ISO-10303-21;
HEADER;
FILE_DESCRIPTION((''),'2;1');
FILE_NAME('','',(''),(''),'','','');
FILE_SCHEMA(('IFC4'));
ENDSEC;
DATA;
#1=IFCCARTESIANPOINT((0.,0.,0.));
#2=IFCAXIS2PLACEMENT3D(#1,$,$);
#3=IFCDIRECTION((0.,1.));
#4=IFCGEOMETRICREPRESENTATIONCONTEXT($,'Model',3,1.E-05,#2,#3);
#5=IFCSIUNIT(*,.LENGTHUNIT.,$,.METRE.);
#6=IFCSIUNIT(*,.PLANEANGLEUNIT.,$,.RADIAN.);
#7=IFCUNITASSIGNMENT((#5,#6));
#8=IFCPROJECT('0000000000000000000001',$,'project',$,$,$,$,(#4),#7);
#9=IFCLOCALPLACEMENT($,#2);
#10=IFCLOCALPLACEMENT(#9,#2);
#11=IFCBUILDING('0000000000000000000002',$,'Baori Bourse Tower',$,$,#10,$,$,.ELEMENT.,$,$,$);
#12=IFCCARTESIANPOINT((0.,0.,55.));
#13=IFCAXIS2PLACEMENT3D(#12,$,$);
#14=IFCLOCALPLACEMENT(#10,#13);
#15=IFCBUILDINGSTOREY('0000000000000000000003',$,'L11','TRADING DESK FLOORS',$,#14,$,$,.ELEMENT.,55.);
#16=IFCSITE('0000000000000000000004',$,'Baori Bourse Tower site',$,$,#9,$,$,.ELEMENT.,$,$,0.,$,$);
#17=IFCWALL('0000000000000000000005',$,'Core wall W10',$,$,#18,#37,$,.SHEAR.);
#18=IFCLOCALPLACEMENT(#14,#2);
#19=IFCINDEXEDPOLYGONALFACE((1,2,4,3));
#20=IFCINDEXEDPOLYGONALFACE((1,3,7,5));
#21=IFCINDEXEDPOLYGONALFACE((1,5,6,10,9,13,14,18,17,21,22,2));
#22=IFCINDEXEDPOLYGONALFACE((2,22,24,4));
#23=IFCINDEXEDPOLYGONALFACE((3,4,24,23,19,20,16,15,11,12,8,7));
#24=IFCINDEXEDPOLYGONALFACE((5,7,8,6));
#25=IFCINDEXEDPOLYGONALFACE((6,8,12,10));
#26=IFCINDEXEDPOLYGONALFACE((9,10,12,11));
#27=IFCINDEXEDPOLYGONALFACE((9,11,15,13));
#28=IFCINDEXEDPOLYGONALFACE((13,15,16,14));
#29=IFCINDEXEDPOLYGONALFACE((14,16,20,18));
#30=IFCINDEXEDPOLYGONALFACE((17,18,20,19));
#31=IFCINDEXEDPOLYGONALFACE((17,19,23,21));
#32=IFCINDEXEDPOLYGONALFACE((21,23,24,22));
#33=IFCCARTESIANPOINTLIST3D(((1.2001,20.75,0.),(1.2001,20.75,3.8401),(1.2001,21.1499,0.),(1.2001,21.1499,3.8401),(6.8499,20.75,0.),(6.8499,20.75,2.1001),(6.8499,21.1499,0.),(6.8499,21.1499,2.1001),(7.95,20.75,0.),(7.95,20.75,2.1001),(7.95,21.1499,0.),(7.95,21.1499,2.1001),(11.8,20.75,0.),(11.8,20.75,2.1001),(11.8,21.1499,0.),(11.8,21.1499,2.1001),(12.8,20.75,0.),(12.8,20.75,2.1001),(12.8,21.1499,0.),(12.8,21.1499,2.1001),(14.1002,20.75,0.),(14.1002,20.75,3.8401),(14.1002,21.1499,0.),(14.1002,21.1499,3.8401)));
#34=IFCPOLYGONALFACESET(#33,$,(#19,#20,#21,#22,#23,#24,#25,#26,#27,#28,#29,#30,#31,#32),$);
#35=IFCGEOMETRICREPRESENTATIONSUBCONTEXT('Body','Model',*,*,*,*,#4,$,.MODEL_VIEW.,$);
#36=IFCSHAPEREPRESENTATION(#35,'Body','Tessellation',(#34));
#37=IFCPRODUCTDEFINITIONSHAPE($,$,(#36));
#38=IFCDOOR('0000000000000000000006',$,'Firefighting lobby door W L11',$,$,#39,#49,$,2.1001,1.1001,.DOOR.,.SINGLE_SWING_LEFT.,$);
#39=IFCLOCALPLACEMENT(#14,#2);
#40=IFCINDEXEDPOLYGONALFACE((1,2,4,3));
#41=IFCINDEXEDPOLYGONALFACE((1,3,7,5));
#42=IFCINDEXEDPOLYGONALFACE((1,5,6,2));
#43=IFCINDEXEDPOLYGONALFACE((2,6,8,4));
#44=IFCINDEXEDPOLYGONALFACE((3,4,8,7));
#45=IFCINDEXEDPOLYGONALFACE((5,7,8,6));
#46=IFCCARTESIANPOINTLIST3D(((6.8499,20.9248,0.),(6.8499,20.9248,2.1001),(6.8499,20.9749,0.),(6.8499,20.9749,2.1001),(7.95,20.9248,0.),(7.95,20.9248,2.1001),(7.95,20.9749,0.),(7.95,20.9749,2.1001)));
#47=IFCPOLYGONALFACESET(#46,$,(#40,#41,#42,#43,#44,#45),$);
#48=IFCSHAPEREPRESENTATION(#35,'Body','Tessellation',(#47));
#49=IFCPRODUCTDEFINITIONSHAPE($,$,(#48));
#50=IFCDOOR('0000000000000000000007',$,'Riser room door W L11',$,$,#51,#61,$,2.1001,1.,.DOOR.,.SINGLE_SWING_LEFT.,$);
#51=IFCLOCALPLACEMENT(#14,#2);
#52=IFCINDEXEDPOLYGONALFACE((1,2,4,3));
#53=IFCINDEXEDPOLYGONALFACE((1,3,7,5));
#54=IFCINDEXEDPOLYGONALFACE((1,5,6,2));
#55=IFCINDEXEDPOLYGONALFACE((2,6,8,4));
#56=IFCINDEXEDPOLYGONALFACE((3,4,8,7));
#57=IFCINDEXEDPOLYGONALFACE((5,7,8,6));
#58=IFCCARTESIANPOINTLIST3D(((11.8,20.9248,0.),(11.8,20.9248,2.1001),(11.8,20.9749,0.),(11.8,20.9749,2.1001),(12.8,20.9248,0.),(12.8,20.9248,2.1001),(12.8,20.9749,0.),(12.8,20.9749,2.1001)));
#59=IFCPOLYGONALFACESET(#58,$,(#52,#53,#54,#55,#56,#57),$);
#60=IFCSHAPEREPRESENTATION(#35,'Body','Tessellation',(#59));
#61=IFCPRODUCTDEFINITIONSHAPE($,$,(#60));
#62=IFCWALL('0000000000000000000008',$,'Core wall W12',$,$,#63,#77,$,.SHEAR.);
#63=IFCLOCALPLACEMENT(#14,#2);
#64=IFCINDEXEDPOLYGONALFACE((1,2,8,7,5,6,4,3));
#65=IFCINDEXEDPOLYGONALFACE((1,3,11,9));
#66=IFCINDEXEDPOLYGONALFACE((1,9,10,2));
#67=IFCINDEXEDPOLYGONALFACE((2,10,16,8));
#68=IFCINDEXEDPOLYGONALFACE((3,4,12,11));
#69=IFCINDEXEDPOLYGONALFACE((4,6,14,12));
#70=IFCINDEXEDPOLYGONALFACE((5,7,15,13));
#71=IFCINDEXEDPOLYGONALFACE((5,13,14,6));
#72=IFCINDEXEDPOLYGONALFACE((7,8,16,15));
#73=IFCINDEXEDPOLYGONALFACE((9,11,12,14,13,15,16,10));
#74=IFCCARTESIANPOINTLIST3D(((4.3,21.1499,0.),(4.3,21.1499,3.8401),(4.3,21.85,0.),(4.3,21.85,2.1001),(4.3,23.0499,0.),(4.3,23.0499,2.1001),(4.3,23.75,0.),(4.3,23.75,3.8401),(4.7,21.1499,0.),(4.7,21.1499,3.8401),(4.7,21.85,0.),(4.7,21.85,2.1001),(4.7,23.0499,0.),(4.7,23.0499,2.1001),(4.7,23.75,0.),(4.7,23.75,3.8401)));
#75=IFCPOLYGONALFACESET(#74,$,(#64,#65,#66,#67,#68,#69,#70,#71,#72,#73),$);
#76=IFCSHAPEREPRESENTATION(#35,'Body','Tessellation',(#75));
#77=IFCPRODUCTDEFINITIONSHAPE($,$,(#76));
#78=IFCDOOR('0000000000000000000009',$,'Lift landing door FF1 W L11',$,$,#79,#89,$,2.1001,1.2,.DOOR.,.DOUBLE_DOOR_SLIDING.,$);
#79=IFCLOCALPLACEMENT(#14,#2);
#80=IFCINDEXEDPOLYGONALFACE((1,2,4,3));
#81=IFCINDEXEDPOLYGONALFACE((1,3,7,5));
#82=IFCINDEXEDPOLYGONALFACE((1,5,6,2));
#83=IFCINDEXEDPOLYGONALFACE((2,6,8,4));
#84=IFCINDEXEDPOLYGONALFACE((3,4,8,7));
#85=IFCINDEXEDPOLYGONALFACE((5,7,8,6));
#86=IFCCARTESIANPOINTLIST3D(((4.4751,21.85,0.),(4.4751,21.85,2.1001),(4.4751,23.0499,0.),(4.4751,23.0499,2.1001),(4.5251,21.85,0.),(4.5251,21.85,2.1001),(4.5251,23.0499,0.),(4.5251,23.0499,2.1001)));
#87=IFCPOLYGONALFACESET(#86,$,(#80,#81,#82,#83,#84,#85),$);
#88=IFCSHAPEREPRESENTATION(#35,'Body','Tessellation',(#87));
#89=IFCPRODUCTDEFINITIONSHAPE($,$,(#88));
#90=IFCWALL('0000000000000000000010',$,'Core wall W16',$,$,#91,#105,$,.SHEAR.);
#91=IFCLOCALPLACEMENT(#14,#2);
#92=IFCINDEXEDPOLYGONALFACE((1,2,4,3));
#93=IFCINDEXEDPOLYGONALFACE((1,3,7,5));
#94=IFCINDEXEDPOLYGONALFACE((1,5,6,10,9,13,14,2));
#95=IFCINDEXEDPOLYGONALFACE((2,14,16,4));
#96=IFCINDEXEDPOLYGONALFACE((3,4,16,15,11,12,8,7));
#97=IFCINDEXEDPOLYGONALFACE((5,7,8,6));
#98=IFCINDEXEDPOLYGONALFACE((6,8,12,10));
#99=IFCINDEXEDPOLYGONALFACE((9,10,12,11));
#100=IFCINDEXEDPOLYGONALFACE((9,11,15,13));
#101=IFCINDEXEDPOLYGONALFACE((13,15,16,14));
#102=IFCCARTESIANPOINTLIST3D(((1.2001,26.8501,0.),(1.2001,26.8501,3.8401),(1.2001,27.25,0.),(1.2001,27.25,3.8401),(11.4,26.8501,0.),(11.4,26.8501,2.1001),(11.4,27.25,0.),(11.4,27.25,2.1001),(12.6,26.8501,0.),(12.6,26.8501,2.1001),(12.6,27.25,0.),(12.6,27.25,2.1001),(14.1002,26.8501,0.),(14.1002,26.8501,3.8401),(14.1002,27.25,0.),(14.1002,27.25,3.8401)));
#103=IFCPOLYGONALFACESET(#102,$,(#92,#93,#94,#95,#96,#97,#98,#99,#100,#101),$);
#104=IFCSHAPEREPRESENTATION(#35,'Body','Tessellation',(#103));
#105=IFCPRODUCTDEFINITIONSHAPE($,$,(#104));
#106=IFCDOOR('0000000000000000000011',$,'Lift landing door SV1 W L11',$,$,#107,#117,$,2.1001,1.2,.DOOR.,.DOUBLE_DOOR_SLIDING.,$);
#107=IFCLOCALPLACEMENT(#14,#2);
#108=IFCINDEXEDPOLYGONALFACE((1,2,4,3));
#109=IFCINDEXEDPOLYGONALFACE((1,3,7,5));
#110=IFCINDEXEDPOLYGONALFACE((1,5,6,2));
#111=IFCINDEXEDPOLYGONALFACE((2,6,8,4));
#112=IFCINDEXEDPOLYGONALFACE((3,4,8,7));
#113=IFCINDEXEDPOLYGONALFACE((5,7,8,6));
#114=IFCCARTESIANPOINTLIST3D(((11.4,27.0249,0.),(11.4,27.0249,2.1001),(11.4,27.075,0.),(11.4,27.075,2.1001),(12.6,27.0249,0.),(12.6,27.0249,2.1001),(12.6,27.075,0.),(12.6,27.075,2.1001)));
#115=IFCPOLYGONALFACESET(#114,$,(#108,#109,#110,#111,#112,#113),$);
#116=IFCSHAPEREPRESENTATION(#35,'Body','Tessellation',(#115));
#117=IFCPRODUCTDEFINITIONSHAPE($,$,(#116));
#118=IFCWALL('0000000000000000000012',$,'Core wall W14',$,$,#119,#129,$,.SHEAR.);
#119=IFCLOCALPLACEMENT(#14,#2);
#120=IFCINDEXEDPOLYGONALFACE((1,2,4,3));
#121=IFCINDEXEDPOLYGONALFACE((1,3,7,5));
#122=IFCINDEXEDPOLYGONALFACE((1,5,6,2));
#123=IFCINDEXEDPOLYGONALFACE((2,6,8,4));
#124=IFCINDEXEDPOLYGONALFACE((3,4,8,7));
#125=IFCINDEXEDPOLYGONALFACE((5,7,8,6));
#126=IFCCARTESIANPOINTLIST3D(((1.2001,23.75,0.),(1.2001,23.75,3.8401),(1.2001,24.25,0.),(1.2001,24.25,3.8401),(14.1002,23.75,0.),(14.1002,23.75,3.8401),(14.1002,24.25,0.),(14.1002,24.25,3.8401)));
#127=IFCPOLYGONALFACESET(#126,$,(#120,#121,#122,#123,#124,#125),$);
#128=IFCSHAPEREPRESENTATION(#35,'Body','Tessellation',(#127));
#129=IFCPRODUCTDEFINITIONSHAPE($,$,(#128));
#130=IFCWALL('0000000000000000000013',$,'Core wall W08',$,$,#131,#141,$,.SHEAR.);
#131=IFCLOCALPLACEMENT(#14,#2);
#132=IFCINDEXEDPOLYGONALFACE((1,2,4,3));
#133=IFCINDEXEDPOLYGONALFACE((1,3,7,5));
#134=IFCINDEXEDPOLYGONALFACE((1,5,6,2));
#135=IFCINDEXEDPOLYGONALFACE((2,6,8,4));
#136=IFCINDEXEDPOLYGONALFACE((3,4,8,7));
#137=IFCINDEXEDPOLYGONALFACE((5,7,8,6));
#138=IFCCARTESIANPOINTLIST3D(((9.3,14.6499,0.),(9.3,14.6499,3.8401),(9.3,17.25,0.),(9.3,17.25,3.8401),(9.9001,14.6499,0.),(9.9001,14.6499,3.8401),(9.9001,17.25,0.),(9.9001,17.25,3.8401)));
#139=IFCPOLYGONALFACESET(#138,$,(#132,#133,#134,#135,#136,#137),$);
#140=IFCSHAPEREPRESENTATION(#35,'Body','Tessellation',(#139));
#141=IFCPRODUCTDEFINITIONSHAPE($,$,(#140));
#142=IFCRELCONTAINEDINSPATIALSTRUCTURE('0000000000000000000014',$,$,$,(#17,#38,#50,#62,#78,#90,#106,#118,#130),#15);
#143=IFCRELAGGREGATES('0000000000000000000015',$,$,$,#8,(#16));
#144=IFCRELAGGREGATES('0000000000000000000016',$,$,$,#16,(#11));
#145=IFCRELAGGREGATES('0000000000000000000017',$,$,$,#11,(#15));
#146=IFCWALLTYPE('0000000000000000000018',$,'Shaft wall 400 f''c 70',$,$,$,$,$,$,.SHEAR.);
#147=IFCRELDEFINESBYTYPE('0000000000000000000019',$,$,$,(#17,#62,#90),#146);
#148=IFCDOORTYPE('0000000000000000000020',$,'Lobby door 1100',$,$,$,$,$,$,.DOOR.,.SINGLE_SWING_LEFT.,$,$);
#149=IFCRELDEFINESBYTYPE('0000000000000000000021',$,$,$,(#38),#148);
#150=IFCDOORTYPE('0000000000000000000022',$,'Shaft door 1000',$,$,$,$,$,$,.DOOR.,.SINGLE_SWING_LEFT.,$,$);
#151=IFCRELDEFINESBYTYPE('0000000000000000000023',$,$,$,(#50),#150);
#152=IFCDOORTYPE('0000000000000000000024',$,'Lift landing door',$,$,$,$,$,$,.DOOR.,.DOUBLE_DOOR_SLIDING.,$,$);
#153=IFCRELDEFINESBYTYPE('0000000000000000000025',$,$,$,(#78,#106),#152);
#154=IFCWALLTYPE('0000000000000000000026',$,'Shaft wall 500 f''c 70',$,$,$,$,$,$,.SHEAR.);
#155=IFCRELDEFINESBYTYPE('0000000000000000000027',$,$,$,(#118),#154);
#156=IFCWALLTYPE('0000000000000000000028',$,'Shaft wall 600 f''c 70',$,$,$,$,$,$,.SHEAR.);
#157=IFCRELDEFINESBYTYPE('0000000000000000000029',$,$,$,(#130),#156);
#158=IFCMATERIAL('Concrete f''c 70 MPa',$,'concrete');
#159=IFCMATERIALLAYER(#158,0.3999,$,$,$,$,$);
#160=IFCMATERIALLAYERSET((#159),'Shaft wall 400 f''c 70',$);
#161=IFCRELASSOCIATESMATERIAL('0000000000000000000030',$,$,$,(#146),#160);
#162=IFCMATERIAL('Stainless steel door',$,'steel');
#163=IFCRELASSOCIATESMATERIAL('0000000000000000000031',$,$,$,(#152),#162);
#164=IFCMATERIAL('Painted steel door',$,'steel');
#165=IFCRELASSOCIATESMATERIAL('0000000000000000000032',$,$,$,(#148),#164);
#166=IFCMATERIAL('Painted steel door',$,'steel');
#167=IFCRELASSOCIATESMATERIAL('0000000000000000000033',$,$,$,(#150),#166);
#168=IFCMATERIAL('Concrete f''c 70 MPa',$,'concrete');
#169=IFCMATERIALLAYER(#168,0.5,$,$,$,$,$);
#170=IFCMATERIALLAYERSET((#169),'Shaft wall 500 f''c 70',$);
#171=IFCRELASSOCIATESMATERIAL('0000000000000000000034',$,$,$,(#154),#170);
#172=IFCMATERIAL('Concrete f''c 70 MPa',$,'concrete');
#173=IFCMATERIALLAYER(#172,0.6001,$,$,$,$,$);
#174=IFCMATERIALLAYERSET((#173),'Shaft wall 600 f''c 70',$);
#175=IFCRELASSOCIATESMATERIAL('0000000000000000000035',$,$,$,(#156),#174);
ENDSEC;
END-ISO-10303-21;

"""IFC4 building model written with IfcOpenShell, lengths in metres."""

from ifc_helpers import new_model, si_unit, direction, frame, frame_2d, origin, place, context, subcontext, project, spatial, rectangle, extrude, material, layer, layer_set, type_object, element, fill, save


model = new_model("IFC4")

# Units and contexts
model_context = context("Model", 3, precision=1e-05, world=origin(), true_north=direction((0.0, 1.0)))
body_context = subcontext(model_context, "Body", "Model", "MODEL_VIEW")
ifc_project = project(units=[si_unit("LENGTHUNIT", "METRE"), si_unit("PLANEANGLEUNIT", "RADIAN")], contexts=[model_context])

# Site, building, storey
site_placement = place(None, origin())
site = spatial("IfcSite", under=ifc_project, at=site_placement, Name="Baori Bourse Tower site", CompositionType="ELEMENT", RefElevation=0.0)
building_placement = place(site_placement, origin())
building = spatial("IfcBuilding", under=site, at=building_placement, Name="Baori Bourse Tower", CompositionType="ELEMENT")
storey_placement = place(building_placement, frame((0.0, 0.0, 55.0)))
storey = spatial("IfcBuildingStorey", under=building, at=storey_placement, Name="L11", Description="TRADING DESK FLOORS", CompositionType="ELEMENT", Elevation=55.0)

# Shared definitions
ifc_material_1 = material(Name="Concrete f'c 70 MPa", Category="concrete")
ifc_layer_1 = layer(ifc_material_1, 0.3999)
ifc_layer_set_1 = layer_set([ifc_layer_1], Name="Shaft wall 400 f'c 70")
wall_type_1 = type_object("IfcWallType", Name="Shaft wall 400 f'c 70", PredefinedType="SHEAR", material=ifc_layer_set_1)

# Wall, openings, doors
ifc_material_2 = material(Name="Stainless steel door", Category="steel")
door_type_1 = type_object("IfcDoorType", Name="Lift landing door", OperationType="DOUBLE_DOOR_SLIDING", PredefinedType="DOOR", material=ifc_material_2)
wall_1_placement = place(storey_placement, frame((1.2, 20.95, 0.0), z_axis=(0.0, 0.0, 1.0), x_axis=(1.0, 0.0, 0.0)))
wall_1 = element("IfcWall", 1, at=wall_1_placement, inside=storey, type_object=wall_type_1, Name="Core wall W10", PredefinedType="SHEAR", context=body_context, shape_type="SweptSolid", body=[
    extrude(rectangle(XDim=12.9001, YDim=0.3999, at=frame_2d((6.4502, 0.0))), origin(), (0.0, 0.0, 1.0), 3.8401),
])
opening_1_placement = place(wall_1_placement, frame((5.6499, 0.0, 0.0)))
opening_1 = element("IfcOpeningElement", 2, at=opening_1_placement, cuts=wall_1, PredefinedType="OPENING", context=body_context, shape_type="SweptSolid", body=[
    extrude(rectangle(XDim=1.1001, YDim=2.1001, at=frame_2d((0.55, 1.05))), frame((0.0, 0.21, 0.0), z_axis=(0.0, -1.0, 0.0), x_axis=(1.0, 0.0, 0.0)), (0.0, 0.0, 1.0), 0.4199),
])
opening_2_placement = place(wall_1_placement, frame((10.6001, 0.0, 0.0)))
opening_2 = element("IfcOpeningElement", 3, at=opening_2_placement, cuts=wall_1, PredefinedType="OPENING", context=body_context, shape_type="SweptSolid", body=[
    extrude(rectangle(XDim=1.0, YDim=2.1001, at=frame_2d((0.5, 1.05))), frame((0.0, 0.21, 0.0), z_axis=(0.0, -1.0, 0.0), x_axis=(1.0, 0.0, 0.0)), (0.0, 0.0, 1.0), 0.4199),
])
ifc_material_3 = material(Name="Painted steel door", Category="steel")
door_type_2 = type_object("IfcDoorType", Name="Lobby door 1100", OperationType="SINGLE_SWING_LEFT", PredefinedType="DOOR", material=ifc_material_3)
door_1_placement = place(opening_1_placement, origin())
door_1 = element("IfcDoor", 4, at=door_1_placement, inside=storey, type_object=door_type_2, Name="Firefighting lobby door W L11", OperationType="SINGLE_SWING_LEFT", OverallHeight=2.1001, OverallWidth=1.1001, PredefinedType="DOOR", context=body_context, shape_type="SweptSolid", body=[
    extrude(rectangle(XDim=1.1001, YDim=2.1001, at=frame_2d((0.55, 1.05))), frame((0.0, 0.0249, 0.0), z_axis=(0.0, -1.0, 0.0), x_axis=(1.0, 0.0, 0.0)), (0.0, 0.0, 1.0), 0.05),
])
fill(opening_1, door_1)
ifc_material_4 = material(Name="Painted steel door", Category="steel")
door_type_3 = type_object("IfcDoorType", Name="Shaft door 1000", OperationType="SINGLE_SWING_LEFT", PredefinedType="DOOR", material=ifc_material_4)
door_2_placement = place(opening_2_placement, origin())
door_2 = element("IfcDoor", 5, at=door_2_placement, inside=storey, type_object=door_type_3, Name="Riser room door W L11", OperationType="SINGLE_SWING_LEFT", OverallHeight=2.1001, OverallWidth=1.0, PredefinedType="DOOR", context=body_context, shape_type="SweptSolid", body=[
    extrude(rectangle(XDim=1.0, YDim=2.1001, at=frame_2d((0.5, 1.05))), frame((0.0, 0.0249, 0.0), z_axis=(0.0, -1.0, 0.0), x_axis=(1.0, 0.0, 0.0)), (0.0, 0.0, 1.0), 0.05),
])
fill(opening_2, door_2)

# Walls, openings, doors
wall_2_placement = place(storey_placement, frame((4.5, 21.1499, 0.0), z_axis=(0.0, 0.0, 1.0), x_axis=(0.0, 1.0, 0.0)))
wall_2 = element("IfcWall", 6, at=wall_2_placement, inside=storey, type_object=wall_type_1, Name="Core wall W12", PredefinedType="SHEAR", context=body_context, shape_type="SweptSolid", body=[
    extrude(rectangle(XDim=2.6001, YDim=0.3999, at=frame_2d((1.3, 0.0))), origin(), (0.0, 0.0, 1.0), 3.8401),
])
opening_3_placement = place(wall_2_placement, frame((0.7, 0.0, 0.0)))
opening_3 = element("IfcOpeningElement", 7, at=opening_3_placement, cuts=wall_2, PredefinedType="OPENING", context=body_context, shape_type="SweptSolid", body=[
    extrude(rectangle(XDim=1.2, YDim=2.1001, at=frame_2d((0.6001, 1.05))), frame((0.0, 0.21, 0.0), z_axis=(0.0, -1.0, 0.0), x_axis=(1.0, 0.0, 0.0)), (0.0, 0.0, 1.0), 0.4199),
])
door_3_placement = place(opening_3_placement, origin())
door_3 = element("IfcDoor", 8, at=door_3_placement, inside=storey, type_object=door_type_1, Name="Lift landing door FF1 W L11", OperationType="DOUBLE_DOOR_SLIDING", OverallHeight=2.1001, OverallWidth=1.2, PredefinedType="DOOR", context=body_context, shape_type="SweptSolid", body=[
    extrude(rectangle(XDim=1.2, YDim=2.1001, at=frame_2d((0.6001, 1.05))), frame((0.0, 0.0249, 0.0), z_axis=(0.0, -1.0, 0.0), x_axis=(1.0, 0.0, 0.0)), (0.0, 0.0, 1.0), 0.05),
])
fill(opening_3, door_3)
wall_3_placement = place(storey_placement, frame((1.2, 27.05, 0.0), z_axis=(0.0, 0.0, 1.0), x_axis=(1.0, 0.0, 0.0)))
wall_3 = element("IfcWall", 9, at=wall_3_placement, inside=storey, type_object=wall_type_1, Name="Core wall W16", PredefinedType="SHEAR", context=body_context, shape_type="SweptSolid", body=[
    extrude(rectangle(XDim=12.9001, YDim=0.3999, at=frame_2d((6.4502, 0.0))), origin(), (0.0, 0.0, 1.0), 3.8401),
])
opening_4_placement = place(wall_3_placement, frame((10.2, 0.0, 0.0)))
opening_4 = element("IfcOpeningElement", 10, at=opening_4_placement, cuts=wall_3, PredefinedType="OPENING", context=body_context, shape_type="SweptSolid", body=[
    extrude(rectangle(XDim=1.2, YDim=2.1001, at=frame_2d((0.6001, 1.05))), frame((0.0, 0.21, 0.0), z_axis=(0.0, -1.0, 0.0), x_axis=(1.0, 0.0, 0.0)), (0.0, 0.0, 1.0), 0.4199),
])
door_4_placement = place(opening_4_placement, origin())
door_4 = element("IfcDoor", 11, at=door_4_placement, inside=storey, type_object=door_type_1, Name="Lift landing door SV1 W L11", OperationType="DOUBLE_DOOR_SLIDING", OverallHeight=2.1001, OverallWidth=1.2, PredefinedType="DOOR", context=body_context, shape_type="SweptSolid", body=[
    extrude(rectangle(XDim=1.2, YDim=2.1001, at=frame_2d((0.6001, 1.05))), frame((0.0, 0.0249, 0.0), z_axis=(0.0, -1.0, 0.0), x_axis=(1.0, 0.0, 0.0)), (0.0, 0.0, 1.0), 0.05),
])
fill(opening_4, door_4)

# Walls
ifc_material_5 = material(Name="Concrete f'c 70 MPa", Category="concrete")
ifc_layer_2 = layer(ifc_material_5, 0.5)
ifc_layer_set_2 = layer_set([ifc_layer_2], Name="Shaft wall 500 f'c 70")
wall_type_2 = type_object("IfcWallType", Name="Shaft wall 500 f'c 70", PredefinedType="SHEAR", material=ifc_layer_set_2)
wall_4_placement = place(storey_placement, frame((1.2, 24.0, 0.0), z_axis=(0.0, 0.0, 1.0), x_axis=(1.0, 0.0, 0.0)))
element("IfcWall", 12, at=wall_4_placement, inside=storey, type_object=wall_type_2, Name="Core wall W14", PredefinedType="SHEAR", context=body_context, shape_type="SweptSolid", body=[
    extrude(rectangle(XDim=12.9001, YDim=0.5, at=frame_2d((6.4502, 0.0))), origin(), (0.0, 0.0, 1.0), 3.8401),
])
ifc_material_6 = material(Name="Concrete f'c 70 MPa", Category="concrete")
ifc_layer_3 = layer(ifc_material_6, 0.6001)
ifc_layer_set_3 = layer_set([ifc_layer_3], Name="Shaft wall 600 f'c 70")
wall_type_3 = type_object("IfcWallType", Name="Shaft wall 600 f'c 70", PredefinedType="SHEAR", material=ifc_layer_set_3)
wall_5_placement = place(storey_placement, frame((9.6001, 14.6499, 0.0), z_axis=(0.0, 0.0, 1.0), x_axis=(0.0, 1.0, 0.0)))
element("IfcWall", 13, at=wall_5_placement, inside=storey, type_object=wall_type_3, Name="Core wall W08", PredefinedType="SHEAR", context=body_context, shape_type="SweptSolid", body=[
    extrude(rectangle(XDim=2.6001, YDim=0.6001, at=frame_2d((1.3, 0.0))), origin(), (0.0, 0.0, 1.0), 3.8401),
])

save(model, "model.ifc")
